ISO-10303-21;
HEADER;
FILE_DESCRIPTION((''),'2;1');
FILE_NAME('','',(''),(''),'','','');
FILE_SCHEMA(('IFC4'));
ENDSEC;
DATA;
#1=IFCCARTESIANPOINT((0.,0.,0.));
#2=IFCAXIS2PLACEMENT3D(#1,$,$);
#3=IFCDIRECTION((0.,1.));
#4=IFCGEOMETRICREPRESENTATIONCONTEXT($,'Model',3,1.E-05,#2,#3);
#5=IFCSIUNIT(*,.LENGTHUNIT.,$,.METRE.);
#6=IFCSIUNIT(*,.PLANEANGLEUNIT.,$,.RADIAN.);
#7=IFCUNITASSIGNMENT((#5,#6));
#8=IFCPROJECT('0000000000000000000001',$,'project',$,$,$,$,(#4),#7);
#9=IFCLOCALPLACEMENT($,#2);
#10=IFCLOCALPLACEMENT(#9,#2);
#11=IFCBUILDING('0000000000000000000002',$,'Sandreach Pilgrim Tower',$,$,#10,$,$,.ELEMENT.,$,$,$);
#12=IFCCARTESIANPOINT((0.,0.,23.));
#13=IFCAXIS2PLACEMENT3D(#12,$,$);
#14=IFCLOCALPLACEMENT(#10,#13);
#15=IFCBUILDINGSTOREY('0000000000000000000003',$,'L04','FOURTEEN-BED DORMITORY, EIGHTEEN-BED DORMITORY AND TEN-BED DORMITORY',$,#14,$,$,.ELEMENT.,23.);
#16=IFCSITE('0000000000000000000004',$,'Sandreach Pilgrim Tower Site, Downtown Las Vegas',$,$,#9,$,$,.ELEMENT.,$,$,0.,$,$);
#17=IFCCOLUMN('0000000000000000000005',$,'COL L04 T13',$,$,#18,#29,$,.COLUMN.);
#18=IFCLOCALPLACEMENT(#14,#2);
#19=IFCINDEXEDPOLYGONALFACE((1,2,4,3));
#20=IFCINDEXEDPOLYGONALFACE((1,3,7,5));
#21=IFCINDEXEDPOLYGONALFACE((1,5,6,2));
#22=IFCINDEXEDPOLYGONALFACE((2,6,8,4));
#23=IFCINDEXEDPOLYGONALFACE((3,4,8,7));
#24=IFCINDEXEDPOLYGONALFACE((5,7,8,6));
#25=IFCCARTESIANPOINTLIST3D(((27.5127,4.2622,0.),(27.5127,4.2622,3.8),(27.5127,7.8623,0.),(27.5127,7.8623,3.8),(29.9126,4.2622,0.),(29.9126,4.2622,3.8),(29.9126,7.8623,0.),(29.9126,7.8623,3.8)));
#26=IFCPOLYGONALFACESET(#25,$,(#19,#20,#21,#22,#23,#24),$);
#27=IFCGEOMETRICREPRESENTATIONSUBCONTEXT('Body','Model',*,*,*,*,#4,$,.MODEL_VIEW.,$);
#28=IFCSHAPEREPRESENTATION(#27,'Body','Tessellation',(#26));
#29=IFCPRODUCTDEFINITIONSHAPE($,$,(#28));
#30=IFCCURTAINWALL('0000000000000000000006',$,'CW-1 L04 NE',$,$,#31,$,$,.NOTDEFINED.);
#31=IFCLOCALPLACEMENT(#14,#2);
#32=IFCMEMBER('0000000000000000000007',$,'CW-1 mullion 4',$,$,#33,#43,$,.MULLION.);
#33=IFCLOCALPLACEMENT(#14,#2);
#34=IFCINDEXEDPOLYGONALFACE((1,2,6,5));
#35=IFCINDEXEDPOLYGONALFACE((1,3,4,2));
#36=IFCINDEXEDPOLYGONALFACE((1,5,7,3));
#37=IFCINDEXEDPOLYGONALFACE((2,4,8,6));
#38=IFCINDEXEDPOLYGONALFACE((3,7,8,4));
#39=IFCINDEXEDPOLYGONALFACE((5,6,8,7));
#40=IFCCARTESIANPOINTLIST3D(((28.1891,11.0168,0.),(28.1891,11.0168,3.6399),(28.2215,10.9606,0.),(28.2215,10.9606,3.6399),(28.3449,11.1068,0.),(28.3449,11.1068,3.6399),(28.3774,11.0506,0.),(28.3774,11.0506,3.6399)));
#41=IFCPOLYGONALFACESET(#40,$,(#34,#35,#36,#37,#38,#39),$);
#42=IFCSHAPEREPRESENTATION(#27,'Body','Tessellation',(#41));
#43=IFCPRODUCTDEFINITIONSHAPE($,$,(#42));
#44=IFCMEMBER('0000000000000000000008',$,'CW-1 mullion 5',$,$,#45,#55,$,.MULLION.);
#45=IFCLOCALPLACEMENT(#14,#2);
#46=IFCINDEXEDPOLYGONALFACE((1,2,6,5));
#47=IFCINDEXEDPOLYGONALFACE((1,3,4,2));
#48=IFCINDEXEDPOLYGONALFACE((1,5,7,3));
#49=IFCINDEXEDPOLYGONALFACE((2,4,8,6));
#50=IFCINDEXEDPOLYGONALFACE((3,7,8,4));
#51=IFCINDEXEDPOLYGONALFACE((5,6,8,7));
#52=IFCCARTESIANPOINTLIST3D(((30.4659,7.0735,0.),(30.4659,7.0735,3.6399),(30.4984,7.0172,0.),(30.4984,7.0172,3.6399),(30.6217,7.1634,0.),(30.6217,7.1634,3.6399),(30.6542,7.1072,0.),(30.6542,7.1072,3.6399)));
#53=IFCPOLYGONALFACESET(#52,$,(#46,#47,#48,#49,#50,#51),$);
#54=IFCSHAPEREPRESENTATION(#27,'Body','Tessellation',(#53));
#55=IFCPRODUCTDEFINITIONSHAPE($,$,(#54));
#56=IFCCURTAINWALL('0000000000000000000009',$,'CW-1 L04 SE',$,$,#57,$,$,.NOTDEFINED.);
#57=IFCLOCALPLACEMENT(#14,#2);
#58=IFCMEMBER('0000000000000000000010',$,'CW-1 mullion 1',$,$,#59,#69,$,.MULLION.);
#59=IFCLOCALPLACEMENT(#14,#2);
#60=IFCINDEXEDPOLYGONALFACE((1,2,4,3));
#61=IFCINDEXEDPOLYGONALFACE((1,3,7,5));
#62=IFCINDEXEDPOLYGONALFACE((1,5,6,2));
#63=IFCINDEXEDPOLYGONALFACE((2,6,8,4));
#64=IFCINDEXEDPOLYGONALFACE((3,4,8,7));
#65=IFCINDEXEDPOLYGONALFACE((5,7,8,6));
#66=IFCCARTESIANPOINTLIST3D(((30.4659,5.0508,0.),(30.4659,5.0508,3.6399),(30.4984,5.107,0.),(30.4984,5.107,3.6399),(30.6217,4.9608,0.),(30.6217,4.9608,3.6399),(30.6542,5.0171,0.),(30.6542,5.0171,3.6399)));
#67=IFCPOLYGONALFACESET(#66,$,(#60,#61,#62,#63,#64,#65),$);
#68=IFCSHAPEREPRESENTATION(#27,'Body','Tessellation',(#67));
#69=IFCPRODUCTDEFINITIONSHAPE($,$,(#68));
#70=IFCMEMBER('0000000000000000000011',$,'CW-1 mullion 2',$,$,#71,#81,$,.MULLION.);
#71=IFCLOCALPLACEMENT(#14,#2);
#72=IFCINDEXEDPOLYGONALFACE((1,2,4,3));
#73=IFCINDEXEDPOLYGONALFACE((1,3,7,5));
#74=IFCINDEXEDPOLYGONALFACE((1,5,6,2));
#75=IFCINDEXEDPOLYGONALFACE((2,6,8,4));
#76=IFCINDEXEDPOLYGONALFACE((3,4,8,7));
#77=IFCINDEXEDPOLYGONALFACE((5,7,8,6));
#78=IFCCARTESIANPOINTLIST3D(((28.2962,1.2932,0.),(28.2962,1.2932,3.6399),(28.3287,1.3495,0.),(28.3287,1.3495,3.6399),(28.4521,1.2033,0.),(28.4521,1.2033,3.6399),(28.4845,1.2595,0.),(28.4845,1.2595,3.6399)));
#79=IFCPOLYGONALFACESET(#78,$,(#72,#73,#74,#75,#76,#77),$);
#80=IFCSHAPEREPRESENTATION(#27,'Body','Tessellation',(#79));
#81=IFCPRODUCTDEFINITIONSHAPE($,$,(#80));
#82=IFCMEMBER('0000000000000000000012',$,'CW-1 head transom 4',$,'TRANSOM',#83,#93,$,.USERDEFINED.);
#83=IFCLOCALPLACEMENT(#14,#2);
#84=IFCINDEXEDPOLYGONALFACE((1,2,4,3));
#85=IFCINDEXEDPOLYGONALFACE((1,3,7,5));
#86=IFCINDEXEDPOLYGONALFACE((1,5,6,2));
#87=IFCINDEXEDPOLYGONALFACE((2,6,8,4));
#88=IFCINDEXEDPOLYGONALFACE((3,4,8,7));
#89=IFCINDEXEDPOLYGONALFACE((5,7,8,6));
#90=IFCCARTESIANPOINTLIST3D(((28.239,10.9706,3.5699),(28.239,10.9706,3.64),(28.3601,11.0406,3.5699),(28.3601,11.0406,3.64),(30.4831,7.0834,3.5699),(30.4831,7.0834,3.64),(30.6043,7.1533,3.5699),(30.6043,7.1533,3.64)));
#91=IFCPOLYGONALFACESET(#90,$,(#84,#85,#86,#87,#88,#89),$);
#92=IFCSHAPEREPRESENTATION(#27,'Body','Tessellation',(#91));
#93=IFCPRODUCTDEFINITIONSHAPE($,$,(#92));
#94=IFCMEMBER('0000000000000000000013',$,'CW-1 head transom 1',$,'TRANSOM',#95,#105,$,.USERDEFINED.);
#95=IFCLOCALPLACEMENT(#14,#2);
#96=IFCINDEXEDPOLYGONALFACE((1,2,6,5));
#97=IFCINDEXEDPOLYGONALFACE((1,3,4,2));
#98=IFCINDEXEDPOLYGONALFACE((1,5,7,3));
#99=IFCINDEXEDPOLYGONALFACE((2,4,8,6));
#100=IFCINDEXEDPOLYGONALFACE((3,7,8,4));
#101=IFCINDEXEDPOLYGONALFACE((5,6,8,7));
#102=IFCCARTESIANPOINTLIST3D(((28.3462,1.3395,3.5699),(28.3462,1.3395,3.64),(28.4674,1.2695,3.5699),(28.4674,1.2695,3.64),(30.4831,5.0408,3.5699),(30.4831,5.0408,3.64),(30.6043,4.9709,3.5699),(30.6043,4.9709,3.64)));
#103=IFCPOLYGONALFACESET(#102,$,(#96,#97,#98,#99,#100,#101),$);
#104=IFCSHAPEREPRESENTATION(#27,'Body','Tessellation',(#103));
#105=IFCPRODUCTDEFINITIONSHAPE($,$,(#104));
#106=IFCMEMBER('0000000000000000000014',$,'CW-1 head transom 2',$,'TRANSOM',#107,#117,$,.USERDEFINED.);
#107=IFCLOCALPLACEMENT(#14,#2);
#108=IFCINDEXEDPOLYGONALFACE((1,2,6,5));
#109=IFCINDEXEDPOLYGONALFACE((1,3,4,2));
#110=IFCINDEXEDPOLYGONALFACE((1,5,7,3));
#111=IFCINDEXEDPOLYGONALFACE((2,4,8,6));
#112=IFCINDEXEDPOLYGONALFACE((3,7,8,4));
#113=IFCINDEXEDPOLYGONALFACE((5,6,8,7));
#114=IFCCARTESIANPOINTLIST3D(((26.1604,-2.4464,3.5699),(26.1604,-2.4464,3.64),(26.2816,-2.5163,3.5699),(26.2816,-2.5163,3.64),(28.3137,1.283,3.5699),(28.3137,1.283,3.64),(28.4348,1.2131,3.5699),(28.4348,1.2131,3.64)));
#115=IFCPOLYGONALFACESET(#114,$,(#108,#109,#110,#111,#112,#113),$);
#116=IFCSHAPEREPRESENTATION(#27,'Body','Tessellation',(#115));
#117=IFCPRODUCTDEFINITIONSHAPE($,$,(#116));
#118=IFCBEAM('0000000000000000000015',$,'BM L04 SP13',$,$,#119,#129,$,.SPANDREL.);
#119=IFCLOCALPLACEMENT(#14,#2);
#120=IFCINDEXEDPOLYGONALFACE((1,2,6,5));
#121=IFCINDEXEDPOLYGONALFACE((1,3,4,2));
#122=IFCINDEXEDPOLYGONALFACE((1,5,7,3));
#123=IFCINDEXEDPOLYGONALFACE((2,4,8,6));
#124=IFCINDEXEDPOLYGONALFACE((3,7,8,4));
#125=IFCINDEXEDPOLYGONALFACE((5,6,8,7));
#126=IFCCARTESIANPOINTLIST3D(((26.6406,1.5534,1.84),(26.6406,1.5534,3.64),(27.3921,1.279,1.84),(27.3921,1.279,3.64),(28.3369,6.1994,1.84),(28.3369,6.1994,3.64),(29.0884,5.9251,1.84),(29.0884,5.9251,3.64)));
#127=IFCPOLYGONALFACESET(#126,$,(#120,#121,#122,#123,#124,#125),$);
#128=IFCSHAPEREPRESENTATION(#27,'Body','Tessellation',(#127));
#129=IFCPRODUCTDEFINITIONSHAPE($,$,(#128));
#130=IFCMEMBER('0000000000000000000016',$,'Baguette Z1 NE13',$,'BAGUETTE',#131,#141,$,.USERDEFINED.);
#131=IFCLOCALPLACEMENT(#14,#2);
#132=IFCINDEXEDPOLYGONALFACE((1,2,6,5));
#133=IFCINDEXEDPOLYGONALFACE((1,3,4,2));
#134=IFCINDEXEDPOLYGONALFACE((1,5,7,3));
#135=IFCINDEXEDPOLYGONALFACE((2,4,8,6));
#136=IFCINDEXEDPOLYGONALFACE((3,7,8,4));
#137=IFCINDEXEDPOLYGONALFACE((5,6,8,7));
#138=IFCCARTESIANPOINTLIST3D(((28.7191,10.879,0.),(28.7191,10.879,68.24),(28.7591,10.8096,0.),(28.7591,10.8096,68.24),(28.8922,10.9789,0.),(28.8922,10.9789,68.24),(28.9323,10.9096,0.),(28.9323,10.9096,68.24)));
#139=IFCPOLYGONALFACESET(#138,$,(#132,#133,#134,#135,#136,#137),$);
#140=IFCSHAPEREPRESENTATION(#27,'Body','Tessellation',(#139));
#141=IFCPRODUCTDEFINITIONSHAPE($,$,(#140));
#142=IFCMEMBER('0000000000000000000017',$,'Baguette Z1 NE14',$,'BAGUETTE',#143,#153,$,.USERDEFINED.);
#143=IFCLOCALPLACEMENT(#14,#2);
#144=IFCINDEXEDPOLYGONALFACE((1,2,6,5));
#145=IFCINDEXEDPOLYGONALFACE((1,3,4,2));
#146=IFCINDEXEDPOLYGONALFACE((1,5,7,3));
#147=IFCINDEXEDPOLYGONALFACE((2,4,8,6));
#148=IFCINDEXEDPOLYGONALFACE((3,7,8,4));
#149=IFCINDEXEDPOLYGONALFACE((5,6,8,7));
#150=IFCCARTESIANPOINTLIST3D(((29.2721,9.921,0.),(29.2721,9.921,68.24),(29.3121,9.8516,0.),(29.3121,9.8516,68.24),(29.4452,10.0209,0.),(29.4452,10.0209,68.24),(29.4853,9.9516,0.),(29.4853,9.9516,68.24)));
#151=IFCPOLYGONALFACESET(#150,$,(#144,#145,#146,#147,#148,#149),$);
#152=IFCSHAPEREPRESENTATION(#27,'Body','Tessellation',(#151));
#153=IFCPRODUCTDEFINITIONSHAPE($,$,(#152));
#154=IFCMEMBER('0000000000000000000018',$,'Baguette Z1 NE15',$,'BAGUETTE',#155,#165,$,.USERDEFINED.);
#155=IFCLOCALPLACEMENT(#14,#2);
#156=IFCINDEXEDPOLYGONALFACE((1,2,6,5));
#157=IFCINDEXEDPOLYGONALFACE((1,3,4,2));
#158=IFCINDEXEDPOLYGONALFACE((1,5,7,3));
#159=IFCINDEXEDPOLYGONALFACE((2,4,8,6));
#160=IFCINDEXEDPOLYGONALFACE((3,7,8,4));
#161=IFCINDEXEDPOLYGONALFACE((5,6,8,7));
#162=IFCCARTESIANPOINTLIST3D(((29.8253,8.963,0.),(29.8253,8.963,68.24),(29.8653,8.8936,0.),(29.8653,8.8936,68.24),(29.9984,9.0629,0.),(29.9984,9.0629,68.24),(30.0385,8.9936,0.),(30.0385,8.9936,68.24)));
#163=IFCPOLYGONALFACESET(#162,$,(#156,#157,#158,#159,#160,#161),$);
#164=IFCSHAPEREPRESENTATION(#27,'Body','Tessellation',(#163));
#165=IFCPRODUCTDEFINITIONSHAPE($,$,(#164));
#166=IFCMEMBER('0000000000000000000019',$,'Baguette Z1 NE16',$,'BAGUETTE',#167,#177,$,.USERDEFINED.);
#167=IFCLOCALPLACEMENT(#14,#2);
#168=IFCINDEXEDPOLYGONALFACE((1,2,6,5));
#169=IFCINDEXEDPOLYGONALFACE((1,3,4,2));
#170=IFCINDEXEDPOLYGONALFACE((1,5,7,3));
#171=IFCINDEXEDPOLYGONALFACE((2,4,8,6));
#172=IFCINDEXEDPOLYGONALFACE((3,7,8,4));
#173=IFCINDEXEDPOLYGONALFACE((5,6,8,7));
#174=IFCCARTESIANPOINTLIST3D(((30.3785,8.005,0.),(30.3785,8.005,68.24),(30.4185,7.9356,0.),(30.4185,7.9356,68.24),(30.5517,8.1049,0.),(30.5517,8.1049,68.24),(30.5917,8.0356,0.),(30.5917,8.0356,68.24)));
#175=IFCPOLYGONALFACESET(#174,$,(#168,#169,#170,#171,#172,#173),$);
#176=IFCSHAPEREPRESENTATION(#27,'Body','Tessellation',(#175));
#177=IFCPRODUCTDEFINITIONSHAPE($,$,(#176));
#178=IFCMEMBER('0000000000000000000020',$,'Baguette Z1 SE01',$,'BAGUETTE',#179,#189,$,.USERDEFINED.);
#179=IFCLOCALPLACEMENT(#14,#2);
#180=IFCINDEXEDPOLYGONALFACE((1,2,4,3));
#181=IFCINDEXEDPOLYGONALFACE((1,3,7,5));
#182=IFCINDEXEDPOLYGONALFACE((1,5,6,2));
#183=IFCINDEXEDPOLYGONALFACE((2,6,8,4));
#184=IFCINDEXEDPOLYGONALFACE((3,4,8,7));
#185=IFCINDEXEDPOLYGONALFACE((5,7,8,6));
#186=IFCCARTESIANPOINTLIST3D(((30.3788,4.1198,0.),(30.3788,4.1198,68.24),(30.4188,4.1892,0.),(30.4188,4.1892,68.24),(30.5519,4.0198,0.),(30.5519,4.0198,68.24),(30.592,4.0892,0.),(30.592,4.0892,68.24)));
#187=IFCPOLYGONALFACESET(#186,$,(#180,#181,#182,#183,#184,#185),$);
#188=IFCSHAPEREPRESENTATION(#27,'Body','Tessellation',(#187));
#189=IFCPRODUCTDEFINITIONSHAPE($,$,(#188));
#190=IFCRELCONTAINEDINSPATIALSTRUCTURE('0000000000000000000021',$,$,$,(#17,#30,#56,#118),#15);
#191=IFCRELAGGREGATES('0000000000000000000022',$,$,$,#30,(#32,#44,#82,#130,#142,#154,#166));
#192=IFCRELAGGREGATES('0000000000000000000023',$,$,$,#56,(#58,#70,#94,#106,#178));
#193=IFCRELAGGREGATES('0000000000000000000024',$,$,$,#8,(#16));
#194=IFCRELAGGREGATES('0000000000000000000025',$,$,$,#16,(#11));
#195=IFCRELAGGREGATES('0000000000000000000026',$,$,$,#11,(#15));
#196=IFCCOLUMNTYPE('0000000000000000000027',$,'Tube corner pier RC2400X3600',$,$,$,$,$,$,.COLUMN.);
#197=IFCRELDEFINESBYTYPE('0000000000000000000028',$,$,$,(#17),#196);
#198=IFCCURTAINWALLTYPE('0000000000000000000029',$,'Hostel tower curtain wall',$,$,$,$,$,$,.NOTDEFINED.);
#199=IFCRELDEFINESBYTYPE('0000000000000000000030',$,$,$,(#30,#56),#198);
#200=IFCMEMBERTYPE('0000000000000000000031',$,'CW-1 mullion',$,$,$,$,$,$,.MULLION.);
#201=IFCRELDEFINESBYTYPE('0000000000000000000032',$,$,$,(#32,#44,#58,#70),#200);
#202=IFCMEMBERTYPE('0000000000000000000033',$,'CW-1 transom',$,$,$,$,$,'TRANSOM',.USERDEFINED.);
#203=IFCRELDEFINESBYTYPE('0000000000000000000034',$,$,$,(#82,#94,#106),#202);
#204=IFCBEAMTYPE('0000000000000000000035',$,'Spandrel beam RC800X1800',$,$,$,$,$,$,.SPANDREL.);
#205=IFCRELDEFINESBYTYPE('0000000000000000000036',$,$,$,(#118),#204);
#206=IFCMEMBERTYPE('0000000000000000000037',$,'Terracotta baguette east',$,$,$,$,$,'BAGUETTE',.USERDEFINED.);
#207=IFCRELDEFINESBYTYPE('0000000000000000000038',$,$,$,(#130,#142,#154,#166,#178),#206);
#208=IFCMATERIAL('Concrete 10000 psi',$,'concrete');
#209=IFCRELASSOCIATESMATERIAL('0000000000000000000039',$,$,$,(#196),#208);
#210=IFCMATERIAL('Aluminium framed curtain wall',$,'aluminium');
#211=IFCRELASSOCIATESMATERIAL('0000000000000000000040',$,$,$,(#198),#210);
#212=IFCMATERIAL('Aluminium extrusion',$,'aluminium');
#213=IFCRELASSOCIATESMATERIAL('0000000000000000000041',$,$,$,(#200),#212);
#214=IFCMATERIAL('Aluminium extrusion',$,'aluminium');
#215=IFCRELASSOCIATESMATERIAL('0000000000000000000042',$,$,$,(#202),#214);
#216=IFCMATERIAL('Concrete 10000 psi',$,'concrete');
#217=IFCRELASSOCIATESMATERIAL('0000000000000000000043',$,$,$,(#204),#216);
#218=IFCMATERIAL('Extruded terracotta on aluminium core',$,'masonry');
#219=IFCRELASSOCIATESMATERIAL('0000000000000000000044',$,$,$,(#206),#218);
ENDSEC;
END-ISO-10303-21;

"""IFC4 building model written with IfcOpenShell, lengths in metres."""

from ifc_helpers import new_model, si_unit, direction, frame, origin, origin_2d, place, context, subcontext, project, spatial, rectangle, extrude, material, material_profile, profile_set, type_object, element, aggregate, save


model = new_model("IFC4")

# Units and contexts
model_context = context("Model", 3, precision=1e-05, world=origin(), true_north=direction((0.0, 1.0)))
body_context = subcontext(model_context, "Body", "Model", "MODEL_VIEW")
ifc_project = project(units=[si_unit("LENGTHUNIT", "METRE"), si_unit("PLANEANGLEUNIT", "RADIAN")], contexts=[model_context])

# Site, building, storey
site_placement = place(None, origin())
site = spatial("IfcSite", under=ifc_project, at=site_placement, Name="Sandreach Pilgrim Tower Site, Downtown Las Vegas", CompositionType="ELEMENT", RefElevation=0.0)
building_placement = place(site_placement, origin())
building = spatial("IfcBuilding", under=site, at=building_placement, Name="Sandreach Pilgrim Tower", CompositionType="ELEMENT")
storey_placement = place(building_placement, frame((0.0, 0.0, 23.0)))
storey = spatial("IfcBuildingStorey", under=building, at=storey_placement, Name="L04", Description="FOURTEEN-BED DORMITORY, EIGHTEEN-BED DORMITORY AND TEN-BED DORMITORY", CompositionType="ELEMENT", Elevation=23.0)

# Column
ifc_material_1 = material(Name="Concrete 10000 psi", Category="concrete")
ifc_material_profile_1 = material_profile(ifc_material_1, rectangle(XDim=2.3999, YDim=3.6001, at=origin_2d()), Name="RC2400X3600")
ifc_profile_set_1 = profile_set([ifc_material_profile_1], Name="Concrete 10000 psi")
column_type = type_object("IfcColumnType", Name="Tube corner pier RC2400X3600", PredefinedType="COLUMN", material=ifc_profile_set_1)
column_placement = place(storey_placement, frame((28.7126, 6.0623, 0.0), z_axis=(0.0, 0.0, 1.0), x_axis=(1.0, 0.0, 0.0)))
element("IfcColumn", 1, at=column_placement, inside=storey, type_object=column_type, Name="COL L04 T13", PredefinedType="COLUMN", context=body_context, shape_type="SweptSolid", body=[
    extrude(rectangle(XDim=2.3999, YDim=3.6001, at=origin_2d()), origin(), (0.0, 0.0, 1.0), 3.8),
])

# Curtain walls, members
ifc_material_2 = material(Name="Aluminium framed curtain wall", Category="aluminium")
curtain_wall_type = type_object("IfcCurtainWallType", Name="Hostel tower curtain wall", PredefinedType="NOTDEFINED", material=ifc_material_2)
curtain_wall_1_placement = place(storey_placement, origin())
curtain_wall_1 = element("IfcCurtainWall", 2, at=curtain_wall_1_placement, inside=storey, type_object=curtain_wall_type, Name="CW-1 L04 NE", PredefinedType="NOTDEFINED")
ifc_material_3 = material(Name="Aluminium extrusion", Category="aluminium")
ifc_material_profile_2 = material_profile(ifc_material_3, rectangle(XDim=0.0649, YDim=0.1799, at=origin_2d()), Name="CW-1M 65X180")
ifc_profile_set_2 = profile_set([ifc_material_profile_2], Name="Aluminium extrusion")
member_type_1 = type_object("IfcMemberType", Name="CW-1 mullion", PredefinedType="MULLION", material=ifc_profile_set_2)
member_1_placement = place(storey_placement, frame((28.2832, 11.0337, 0.0), z_axis=(0.0, 0.0, 1.0), x_axis=(0.5, -0.866025, 0.0)))
member_1 = element("IfcMember", 3, at=member_1_placement, type_object=member_type_1, Name="CW-1 mullion 4", PredefinedType="MULLION", context=body_context, shape_type="SweptSolid", body=[
    extrude(rectangle(XDim=0.0649, YDim=0.1799, at=origin_2d()), origin(), (0.0, 0.0, 1.0), 3.6399),
])
member_2_placement = place(storey_placement, frame((30.5601, 7.0903, 0.0), z_axis=(0.0, 0.0, 1.0), x_axis=(0.5, -0.866025, 0.0)))
member_2 = element("IfcMember", 4, at=member_2_placement, type_object=member_type_1, Name="CW-1 mullion 5", PredefinedType="MULLION", context=body_context, shape_type="SweptSolid", body=[
    extrude(rectangle(XDim=0.0649, YDim=0.1799, at=origin_2d()), origin(), (0.0, 0.0, 1.0), 3.6399),
])
curtain_wall_2_placement = place(storey_placement, origin())
curtain_wall_2 = element("IfcCurtainWall", 5, at=curtain_wall_2_placement, inside=storey, type_object=curtain_wall_type, Name="CW-1 L04 SE", PredefinedType="NOTDEFINED")
member_3_placement = place(storey_placement, frame((30.5601, 5.0339, 0.0), z_axis=(0.0, 0.0, 1.0), x_axis=(-0.5, -0.866025, 0.0)))
member_3 = element("IfcMember", 6, at=member_3_placement, type_object=member_type_1, Name="CW-1 mullion 1", PredefinedType="MULLION", context=body_context, shape_type="SweptSolid", body=[
    extrude(rectangle(XDim=0.0649, YDim=0.1799, at=origin_2d()), origin(), (0.0, 0.0, 1.0), 3.6399),
])
member_4_placement = place(storey_placement, frame((28.3904, 1.2764, 0.0), z_axis=(0.0, 0.0, 1.0), x_axis=(-0.5, -0.866025, 0.0)))
member_4 = element("IfcMember", 7, at=member_4_placement, type_object=member_type_1, Name="CW-1 mullion 2", PredefinedType="MULLION", context=body_context, shape_type="SweptSolid", body=[
    extrude(rectangle(XDim=0.0649, YDim=0.1799, at=origin_2d()), origin(), (0.0, 0.0, 1.0), 3.6399),
])

# Members
ifc_material_4 = material(Name="Aluminium extrusion", Category="aluminium")
ifc_material_profile_3 = material_profile(ifc_material_4, rectangle(XDim=0.1399, YDim=0.0701, at=origin_2d()), Name="CW-1T 140X70")
ifc_profile_set_3 = profile_set([ifc_material_profile_3], Name="Aluminium extrusion")
member_type_2 = type_object("IfcMemberType", Name="CW-1 transom", ElementType="TRANSOM", PredefinedType="USERDEFINED", material=ifc_profile_set_3)
member_5_placement = place(storey_placement, frame((28.2996, 11.0056, 3.605), z_axis=(0.499977, -0.866039, 0.0), x_axis=(0.866039, 0.499977, 0.0)))
member_5 = element("IfcMember", 8, at=member_5_placement, type_object=member_type_2, Name="CW-1 head transom 4", ObjectType="TRANSOM", PredefinedType="USERDEFINED", context=body_context, shape_type="SweptSolid", body=[
    extrude(rectangle(XDim=0.1399, YDim=0.0701, at=origin_2d()), origin(), (0.0, 0.0, 1.0), 4.4885),
])
member_6_placement = place(storey_placement, frame((30.5437, 5.0059, 3.605), z_axis=(-0.499991, -0.866031, 0.0), x_axis=(0.866031, -0.499991, 0.0)))
member_6 = element("IfcMember", 9, at=member_6_placement, type_object=member_type_2, Name="CW-1 head transom 1", ObjectType="TRANSOM", PredefinedType="USERDEFINED", context=body_context, shape_type="SweptSolid", body=[
    extrude(rectangle(XDim=0.1399, YDim=0.0701, at=origin_2d()), origin(), (0.0, 0.0, 1.0), 4.2739),
])
member_7_placement = place(storey_placement, frame((28.3743, 1.248, 3.605), z_axis=(-0.500017, -0.866016, 0.0), x_axis=(0.866016, -0.500017, 0.0)))
member_7 = element("IfcMember", 10, at=member_7_placement, type_object=member_type_2, Name="CW-1 head transom 2", ObjectType="TRANSOM", PredefinedType="USERDEFINED", context=body_context, shape_type="SweptSolid", body=[
    extrude(rectangle(XDim=0.1399, YDim=0.0701, at=origin_2d()), origin(), (0.0, 0.0, 1.0), 4.3064),
])

# Beam
ifc_material_5 = material(Name="Concrete 10000 psi", Category="concrete")
ifc_material_profile_4 = material_profile(ifc_material_5, rectangle(XDim=0.8, YDim=1.8, at=origin_2d()), Name="RC800X1800")
ifc_profile_set_4 = profile_set([ifc_material_profile_4], Name="Concrete 10000 psi")
beam_type = type_object("IfcBeamType", Name="Spandrel beam RC800X1800", PredefinedType="SPANDREL", material=ifc_profile_set_4)
beam_placement = place(storey_placement, frame((28.7126, 6.0623, 2.74), z_axis=(-0.342963, -0.939349, 0.0), x_axis=(0.939349, -0.342963, 0.0)))
element("IfcBeam", 11, at=beam_placement, inside=storey, type_object=beam_type, Name="BM L04 SP13", PredefinedType="SPANDREL", context=body_context, shape_type="SweptSolid", body=[
    extrude(rectangle(XDim=0.8, YDim=1.8, at=origin_2d()), origin(), (0.0, 0.0, 1.0), 4.946),
])

# Members
ifc_material_6 = material(Name="Extruded terracotta on aluminium core", Category="masonry")
ifc_material_profile_5 = material_profile(ifc_material_6, rectangle(XDim=0.0801, YDim=0.2, at=origin_2d()), Name="TBE 80X200")
ifc_profile_set_5 = profile_set([ifc_material_profile_5], Name="Extruded terracotta on aluminium core")
member_type_3 = type_object("IfcMemberType", Name="Terracotta baguette east", ElementType="BAGUETTE", PredefinedType="USERDEFINED", material=ifc_profile_set_5)
member_8_placement = place(storey_placement, frame((28.8257, 10.8943, 0.0), z_axis=(0.0, 0.0, 1.0), x_axis=(0.5, -0.866025, 0.0)))
member_8 = element("IfcMember", 12, at=member_8_placement, type_object=member_type_3, Name="Baguette Z1 NE13", ObjectType="BAGUETTE", PredefinedType="USERDEFINED", context=body_context, shape_type="SweptSolid", body=[
    extrude(rectangle(XDim=0.0801, YDim=0.2, at=origin_2d()), origin(), (0.0, 0.0, 1.0), 68.24),
])
member_9_placement = place(storey_placement, frame((29.3787, 9.9363, 0.0), z_axis=(0.0, 0.0, 1.0), x_axis=(0.5, -0.866025, 0.0)))
member_9 = element("IfcMember", 13, at=member_9_placement, type_object=member_type_3, Name="Baguette Z1 NE14", ObjectType="BAGUETTE", PredefinedType="USERDEFINED", context=body_context, shape_type="SweptSolid", body=[
    extrude(rectangle(XDim=0.0801, YDim=0.2, at=origin_2d()), origin(), (0.0, 0.0, 1.0), 68.24),
])
member_10_placement = place(storey_placement, frame((29.9319, 8.9783, 0.0), z_axis=(0.0, 0.0, 1.0), x_axis=(0.5, -0.866025, 0.0)))
member_10 = element("IfcMember", 14, at=member_10_placement, type_object=member_type_3, Name="Baguette Z1 NE15", ObjectType="BAGUETTE", PredefinedType="USERDEFINED", context=body_context, shape_type="SweptSolid", body=[
    extrude(rectangle(XDim=0.0801, YDim=0.2, at=origin_2d()), origin(), (0.0, 0.0, 1.0), 68.24),
])
member_11_placement = place(storey_placement, frame((30.4851, 8.0203, 0.0), z_axis=(0.0, 0.0, 1.0), x_axis=(0.5, -0.866025, 0.0)))
member_11 = element("IfcMember", 15, at=member_11_placement, type_object=member_type_3, Name="Baguette Z1 NE16", ObjectType="BAGUETTE", PredefinedType="USERDEFINED", context=body_context, shape_type="SweptSolid", body=[
    extrude(rectangle(XDim=0.0801, YDim=0.2, at=origin_2d()), origin(), (0.0, 0.0, 1.0), 68.24),
])
member_12_placement = place(storey_placement, frame((30.4854, 4.1045, 0.0), z_axis=(0.0, 0.0, 1.0), x_axis=(-0.5, -0.866025, 0.0)))
member_12 = element("IfcMember", 16, at=member_12_placement, type_object=member_type_3, Name="Baguette Z1 SE01", ObjectType="BAGUETTE", PredefinedType="USERDEFINED", context=body_context, shape_type="SweptSolid", body=[
    extrude(rectangle(XDim=0.0801, YDim=0.2, at=origin_2d()), origin(), (0.0, 0.0, 1.0), 68.24),
])

aggregate(curtain_wall_1, [member_1, member_2, member_5, member_8, member_9, member_10, member_11])
aggregate(curtain_wall_2, [member_3, member_4, member_6, member_7, member_12])

save(model, "model.ifc")
